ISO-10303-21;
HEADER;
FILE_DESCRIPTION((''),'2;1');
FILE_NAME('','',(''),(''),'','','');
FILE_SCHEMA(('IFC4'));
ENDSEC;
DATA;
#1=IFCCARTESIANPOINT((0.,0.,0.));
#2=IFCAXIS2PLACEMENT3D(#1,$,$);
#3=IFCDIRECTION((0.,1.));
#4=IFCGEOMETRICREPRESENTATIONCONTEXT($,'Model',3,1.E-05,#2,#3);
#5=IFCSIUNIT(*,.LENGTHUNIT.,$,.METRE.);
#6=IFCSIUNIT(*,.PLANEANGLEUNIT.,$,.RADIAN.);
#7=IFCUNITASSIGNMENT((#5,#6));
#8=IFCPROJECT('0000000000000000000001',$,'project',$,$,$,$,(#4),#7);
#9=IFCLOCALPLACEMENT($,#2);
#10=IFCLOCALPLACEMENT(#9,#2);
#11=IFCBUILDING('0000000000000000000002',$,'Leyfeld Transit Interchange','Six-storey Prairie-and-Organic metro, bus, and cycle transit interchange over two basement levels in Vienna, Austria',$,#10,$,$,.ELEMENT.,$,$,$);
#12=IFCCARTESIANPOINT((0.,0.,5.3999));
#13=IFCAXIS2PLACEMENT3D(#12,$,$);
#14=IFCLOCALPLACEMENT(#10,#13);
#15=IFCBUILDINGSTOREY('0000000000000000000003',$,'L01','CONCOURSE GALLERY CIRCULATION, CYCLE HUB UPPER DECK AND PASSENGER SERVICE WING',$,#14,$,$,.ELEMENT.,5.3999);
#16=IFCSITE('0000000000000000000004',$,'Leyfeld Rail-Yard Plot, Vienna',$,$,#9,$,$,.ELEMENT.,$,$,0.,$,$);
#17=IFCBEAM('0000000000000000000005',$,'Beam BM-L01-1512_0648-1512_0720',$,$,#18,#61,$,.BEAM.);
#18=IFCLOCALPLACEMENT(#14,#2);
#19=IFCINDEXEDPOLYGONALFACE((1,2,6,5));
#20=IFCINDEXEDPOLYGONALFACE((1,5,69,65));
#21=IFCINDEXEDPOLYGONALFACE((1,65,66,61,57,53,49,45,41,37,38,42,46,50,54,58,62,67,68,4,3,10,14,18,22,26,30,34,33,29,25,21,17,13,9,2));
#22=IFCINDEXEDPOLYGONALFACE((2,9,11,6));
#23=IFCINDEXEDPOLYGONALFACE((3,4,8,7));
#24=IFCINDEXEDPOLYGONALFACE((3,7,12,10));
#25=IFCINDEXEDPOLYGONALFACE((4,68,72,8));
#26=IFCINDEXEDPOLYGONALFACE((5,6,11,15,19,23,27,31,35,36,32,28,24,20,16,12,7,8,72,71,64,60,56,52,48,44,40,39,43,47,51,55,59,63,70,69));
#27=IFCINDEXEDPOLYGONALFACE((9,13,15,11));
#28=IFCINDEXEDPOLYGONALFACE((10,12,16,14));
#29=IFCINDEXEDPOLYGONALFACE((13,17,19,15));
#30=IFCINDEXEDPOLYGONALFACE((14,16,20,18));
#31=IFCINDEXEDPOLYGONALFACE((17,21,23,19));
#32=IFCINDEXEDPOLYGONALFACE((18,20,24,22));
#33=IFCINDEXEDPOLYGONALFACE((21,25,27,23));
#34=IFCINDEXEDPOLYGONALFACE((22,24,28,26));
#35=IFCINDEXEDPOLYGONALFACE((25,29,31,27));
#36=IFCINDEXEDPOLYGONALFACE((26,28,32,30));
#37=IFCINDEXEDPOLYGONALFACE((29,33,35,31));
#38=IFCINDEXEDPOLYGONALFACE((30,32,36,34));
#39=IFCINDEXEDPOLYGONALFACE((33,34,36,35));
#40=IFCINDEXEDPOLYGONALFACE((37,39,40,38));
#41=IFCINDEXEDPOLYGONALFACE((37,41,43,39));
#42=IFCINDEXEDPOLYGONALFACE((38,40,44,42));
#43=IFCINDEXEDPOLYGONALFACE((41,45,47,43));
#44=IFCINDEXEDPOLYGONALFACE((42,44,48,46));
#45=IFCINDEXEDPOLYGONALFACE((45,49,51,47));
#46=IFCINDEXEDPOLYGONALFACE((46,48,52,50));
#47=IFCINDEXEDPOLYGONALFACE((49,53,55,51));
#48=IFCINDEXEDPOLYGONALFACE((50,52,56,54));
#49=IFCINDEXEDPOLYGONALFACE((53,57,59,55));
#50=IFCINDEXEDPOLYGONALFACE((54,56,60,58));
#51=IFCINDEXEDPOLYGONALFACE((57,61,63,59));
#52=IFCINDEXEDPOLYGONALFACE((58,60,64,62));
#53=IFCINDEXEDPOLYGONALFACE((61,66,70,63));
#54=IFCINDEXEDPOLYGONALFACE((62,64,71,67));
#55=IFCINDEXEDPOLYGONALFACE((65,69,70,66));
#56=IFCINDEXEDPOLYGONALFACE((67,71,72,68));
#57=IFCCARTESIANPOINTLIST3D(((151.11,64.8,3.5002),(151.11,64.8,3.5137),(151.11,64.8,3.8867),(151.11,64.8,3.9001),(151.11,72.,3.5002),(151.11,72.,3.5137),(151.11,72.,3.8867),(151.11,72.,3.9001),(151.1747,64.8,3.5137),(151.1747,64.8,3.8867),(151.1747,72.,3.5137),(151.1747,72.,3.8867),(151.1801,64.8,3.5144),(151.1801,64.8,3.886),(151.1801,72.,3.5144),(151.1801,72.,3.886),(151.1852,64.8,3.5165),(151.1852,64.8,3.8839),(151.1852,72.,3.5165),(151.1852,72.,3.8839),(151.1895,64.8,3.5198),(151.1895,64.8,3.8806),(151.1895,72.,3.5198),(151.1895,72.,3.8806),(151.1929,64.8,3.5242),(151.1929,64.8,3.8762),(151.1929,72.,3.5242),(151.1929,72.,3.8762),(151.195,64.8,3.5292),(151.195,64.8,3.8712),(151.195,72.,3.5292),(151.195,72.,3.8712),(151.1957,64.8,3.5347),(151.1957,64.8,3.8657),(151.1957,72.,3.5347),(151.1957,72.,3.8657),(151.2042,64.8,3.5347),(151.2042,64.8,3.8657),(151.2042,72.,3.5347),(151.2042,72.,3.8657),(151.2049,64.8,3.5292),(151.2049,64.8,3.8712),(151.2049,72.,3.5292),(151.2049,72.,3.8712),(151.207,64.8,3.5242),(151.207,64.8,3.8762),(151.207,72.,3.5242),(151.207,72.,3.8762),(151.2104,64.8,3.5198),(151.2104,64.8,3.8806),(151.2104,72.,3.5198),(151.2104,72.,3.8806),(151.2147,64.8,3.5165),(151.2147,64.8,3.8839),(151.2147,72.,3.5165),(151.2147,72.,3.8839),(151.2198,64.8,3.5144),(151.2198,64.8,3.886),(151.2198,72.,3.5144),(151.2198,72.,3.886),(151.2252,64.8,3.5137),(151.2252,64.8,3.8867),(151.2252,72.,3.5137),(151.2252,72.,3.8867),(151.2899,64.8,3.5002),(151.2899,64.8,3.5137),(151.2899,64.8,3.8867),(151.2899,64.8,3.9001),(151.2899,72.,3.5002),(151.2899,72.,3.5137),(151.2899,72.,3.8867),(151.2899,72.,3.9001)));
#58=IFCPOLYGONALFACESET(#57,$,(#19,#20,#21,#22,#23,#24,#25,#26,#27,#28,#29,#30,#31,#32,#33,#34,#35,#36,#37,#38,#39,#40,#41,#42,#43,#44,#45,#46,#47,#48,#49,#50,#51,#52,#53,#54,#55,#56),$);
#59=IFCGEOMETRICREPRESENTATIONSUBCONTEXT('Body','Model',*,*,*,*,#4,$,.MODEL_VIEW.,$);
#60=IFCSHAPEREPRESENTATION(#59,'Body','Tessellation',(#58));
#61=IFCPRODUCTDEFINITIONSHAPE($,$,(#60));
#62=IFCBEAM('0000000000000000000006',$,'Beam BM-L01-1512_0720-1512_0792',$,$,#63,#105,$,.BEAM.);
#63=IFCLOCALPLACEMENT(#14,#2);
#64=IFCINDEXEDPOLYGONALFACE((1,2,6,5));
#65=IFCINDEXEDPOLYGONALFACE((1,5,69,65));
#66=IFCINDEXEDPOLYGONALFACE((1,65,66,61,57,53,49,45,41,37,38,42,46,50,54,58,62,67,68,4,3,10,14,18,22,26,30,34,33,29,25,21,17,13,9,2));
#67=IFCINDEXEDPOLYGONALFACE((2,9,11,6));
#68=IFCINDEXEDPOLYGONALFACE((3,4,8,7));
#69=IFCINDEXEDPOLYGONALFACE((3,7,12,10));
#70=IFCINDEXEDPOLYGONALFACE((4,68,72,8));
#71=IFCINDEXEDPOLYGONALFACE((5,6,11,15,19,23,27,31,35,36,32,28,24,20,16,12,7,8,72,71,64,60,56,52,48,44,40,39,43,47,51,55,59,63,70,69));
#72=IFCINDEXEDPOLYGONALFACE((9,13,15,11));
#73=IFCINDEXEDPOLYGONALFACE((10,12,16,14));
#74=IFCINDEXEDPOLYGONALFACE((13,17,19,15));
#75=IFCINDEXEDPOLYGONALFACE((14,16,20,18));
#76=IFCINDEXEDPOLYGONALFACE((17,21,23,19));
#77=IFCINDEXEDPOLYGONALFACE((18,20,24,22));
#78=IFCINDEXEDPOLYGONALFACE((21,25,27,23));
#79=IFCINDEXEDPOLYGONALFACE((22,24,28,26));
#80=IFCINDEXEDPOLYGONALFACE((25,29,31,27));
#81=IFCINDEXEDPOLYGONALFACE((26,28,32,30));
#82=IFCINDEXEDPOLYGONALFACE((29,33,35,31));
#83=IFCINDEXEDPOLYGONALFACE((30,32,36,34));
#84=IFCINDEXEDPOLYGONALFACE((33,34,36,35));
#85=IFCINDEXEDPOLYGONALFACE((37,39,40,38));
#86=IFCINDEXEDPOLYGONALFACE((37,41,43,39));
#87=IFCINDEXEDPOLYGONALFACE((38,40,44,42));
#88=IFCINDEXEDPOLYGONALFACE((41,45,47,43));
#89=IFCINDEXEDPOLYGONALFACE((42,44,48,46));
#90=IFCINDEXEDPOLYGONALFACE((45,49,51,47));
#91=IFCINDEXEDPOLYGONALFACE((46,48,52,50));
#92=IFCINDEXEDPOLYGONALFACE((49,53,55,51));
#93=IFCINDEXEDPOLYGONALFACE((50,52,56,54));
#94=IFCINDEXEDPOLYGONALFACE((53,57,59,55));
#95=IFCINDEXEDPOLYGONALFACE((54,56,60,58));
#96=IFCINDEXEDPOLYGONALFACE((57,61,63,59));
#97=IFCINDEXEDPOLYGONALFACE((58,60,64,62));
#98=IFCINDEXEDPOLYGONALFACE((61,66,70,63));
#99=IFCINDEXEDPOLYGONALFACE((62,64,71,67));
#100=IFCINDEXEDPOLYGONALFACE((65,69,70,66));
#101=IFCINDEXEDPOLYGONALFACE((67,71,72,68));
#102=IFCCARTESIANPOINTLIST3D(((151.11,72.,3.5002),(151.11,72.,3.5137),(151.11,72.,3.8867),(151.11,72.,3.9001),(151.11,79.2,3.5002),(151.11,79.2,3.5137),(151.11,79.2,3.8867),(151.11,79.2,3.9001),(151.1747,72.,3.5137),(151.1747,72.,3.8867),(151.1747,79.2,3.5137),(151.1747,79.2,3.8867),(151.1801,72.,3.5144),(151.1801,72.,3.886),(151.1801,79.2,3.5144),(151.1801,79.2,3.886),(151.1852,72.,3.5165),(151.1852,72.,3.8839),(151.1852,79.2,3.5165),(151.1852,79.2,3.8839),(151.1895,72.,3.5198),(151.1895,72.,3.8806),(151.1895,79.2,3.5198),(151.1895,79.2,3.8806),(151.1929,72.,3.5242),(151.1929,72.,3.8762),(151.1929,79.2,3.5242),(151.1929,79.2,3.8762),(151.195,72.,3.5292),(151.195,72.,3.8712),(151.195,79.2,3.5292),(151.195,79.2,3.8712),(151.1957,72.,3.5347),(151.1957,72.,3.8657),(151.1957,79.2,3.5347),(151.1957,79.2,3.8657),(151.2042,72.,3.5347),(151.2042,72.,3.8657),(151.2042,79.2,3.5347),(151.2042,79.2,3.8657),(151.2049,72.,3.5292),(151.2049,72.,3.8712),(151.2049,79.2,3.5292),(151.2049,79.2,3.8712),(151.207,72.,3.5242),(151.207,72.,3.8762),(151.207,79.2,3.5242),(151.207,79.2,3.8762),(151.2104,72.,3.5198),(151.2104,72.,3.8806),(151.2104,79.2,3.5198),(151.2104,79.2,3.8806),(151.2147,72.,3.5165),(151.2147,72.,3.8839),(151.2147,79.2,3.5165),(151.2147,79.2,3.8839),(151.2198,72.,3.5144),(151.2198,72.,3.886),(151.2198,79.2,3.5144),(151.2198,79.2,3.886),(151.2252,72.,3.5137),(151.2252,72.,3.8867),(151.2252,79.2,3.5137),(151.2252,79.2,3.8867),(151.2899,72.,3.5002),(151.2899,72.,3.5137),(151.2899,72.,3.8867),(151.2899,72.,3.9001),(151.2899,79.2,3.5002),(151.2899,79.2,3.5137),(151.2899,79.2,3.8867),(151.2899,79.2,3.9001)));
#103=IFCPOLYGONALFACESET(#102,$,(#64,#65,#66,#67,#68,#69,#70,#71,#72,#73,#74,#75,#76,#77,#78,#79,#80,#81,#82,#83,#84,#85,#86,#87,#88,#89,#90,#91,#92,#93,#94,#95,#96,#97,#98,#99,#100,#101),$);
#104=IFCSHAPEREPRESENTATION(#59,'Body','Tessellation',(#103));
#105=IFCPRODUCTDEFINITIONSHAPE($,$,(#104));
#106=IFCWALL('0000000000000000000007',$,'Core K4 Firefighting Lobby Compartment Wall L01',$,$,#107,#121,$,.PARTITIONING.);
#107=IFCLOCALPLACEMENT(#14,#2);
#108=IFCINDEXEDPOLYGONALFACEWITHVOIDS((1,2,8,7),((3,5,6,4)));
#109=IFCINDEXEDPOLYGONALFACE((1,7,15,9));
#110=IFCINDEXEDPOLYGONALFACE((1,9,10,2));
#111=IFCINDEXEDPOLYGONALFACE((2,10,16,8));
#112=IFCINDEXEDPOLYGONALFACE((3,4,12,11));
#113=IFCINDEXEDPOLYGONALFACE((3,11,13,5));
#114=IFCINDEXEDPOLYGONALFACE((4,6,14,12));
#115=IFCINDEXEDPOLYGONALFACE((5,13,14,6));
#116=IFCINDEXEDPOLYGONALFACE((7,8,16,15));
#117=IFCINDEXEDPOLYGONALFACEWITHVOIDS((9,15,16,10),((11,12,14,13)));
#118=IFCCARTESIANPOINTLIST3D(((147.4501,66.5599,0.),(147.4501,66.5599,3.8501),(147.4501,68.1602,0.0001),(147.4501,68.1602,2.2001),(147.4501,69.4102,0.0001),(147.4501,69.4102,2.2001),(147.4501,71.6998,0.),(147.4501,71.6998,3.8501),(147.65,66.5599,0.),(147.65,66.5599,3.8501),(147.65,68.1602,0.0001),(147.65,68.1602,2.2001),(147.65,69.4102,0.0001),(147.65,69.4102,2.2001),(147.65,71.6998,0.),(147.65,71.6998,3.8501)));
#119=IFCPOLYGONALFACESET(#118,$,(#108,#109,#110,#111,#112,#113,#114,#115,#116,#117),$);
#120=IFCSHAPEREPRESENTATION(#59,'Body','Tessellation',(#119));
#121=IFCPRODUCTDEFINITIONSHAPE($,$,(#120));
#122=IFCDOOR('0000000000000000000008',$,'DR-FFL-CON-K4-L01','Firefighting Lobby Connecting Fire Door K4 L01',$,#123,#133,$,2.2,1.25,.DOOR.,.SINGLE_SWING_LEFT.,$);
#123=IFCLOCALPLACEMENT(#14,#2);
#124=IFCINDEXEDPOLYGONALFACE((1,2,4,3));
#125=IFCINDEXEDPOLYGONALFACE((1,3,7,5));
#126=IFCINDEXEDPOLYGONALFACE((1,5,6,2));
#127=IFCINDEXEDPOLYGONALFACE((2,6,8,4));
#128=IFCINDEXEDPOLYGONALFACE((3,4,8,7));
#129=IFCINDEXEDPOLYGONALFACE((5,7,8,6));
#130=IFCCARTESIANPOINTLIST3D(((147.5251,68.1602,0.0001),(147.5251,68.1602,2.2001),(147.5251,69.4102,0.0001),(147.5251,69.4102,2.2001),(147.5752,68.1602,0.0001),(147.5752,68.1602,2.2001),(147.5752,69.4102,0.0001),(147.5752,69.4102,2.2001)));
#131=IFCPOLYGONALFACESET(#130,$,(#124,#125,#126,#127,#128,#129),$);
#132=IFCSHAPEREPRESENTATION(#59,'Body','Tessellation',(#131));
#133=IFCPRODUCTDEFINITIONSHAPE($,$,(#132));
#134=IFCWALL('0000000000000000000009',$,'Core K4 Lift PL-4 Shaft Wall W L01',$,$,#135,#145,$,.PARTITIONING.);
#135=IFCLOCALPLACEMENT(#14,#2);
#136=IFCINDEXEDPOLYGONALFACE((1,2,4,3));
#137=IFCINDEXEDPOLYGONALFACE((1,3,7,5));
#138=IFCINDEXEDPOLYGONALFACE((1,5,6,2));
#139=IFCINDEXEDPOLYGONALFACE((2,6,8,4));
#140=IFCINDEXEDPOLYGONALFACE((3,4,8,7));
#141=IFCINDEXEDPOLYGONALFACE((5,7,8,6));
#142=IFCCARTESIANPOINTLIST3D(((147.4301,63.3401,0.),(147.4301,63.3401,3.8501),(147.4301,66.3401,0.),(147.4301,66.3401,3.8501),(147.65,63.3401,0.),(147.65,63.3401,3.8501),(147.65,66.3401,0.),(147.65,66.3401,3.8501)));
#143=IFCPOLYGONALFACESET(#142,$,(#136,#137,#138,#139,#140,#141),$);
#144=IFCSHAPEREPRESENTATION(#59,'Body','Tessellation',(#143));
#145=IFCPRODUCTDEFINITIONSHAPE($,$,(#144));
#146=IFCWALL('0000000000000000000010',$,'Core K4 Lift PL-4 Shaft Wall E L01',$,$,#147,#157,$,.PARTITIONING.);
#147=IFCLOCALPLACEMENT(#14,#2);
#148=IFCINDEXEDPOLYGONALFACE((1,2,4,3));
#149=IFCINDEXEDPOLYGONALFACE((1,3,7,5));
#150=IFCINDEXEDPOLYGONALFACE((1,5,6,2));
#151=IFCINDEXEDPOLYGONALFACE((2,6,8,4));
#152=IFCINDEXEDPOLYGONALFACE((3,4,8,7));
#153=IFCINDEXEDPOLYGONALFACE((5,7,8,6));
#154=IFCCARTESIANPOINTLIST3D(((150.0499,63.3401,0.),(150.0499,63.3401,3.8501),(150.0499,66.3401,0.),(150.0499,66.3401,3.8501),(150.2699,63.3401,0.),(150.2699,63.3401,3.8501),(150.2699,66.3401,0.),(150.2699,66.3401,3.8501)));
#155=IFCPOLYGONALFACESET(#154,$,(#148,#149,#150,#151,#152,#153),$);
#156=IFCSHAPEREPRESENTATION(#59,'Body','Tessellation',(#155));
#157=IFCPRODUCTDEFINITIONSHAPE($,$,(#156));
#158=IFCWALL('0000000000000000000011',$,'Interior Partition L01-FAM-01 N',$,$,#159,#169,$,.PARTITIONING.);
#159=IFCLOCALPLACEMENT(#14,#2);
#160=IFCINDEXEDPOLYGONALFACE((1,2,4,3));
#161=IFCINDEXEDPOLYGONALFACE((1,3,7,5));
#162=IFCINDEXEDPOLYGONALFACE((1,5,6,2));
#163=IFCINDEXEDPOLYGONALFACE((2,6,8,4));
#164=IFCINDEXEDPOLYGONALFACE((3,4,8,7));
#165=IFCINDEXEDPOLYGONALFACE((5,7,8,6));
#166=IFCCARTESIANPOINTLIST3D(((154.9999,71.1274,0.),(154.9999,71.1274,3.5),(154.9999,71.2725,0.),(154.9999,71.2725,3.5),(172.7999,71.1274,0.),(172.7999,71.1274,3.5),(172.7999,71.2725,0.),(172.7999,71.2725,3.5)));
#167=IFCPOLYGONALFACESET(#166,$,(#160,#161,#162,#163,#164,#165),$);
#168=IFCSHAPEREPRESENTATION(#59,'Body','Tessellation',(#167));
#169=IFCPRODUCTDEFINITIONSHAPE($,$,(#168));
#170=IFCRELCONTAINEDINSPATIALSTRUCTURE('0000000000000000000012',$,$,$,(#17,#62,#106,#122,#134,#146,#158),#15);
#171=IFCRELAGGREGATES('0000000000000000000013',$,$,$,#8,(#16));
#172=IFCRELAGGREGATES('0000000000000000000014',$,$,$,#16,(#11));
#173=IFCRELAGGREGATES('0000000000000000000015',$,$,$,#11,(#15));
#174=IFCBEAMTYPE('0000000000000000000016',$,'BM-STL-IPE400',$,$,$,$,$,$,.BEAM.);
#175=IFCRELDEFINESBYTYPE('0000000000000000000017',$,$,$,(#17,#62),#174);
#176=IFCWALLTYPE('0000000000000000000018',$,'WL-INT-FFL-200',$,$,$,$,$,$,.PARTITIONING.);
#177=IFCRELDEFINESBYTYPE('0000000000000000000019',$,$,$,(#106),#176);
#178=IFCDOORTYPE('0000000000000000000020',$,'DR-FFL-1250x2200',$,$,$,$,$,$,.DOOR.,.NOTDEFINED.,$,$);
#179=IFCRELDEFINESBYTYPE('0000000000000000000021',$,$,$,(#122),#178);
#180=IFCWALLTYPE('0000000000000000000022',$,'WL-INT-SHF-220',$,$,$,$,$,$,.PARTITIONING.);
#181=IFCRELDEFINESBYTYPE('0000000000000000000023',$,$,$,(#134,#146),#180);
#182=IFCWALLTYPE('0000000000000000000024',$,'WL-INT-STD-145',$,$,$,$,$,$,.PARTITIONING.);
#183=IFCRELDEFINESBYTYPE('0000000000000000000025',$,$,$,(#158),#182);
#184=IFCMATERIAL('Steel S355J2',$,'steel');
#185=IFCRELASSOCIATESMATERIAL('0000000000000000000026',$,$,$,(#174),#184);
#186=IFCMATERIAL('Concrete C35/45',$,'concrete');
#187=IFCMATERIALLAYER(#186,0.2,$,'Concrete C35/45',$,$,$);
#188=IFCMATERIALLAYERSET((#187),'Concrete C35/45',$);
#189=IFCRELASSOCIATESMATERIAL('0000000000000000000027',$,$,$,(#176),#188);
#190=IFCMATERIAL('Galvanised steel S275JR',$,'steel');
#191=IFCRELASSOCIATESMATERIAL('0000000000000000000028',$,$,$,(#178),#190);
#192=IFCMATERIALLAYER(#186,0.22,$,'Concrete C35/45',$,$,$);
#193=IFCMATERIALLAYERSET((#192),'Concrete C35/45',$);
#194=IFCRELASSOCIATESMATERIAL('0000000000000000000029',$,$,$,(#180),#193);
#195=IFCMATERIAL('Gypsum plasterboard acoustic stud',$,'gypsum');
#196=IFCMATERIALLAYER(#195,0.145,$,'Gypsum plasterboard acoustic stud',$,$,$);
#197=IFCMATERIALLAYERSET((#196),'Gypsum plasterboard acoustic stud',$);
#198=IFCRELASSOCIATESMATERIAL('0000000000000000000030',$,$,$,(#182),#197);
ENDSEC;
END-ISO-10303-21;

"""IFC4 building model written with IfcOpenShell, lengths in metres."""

from ifc_helpers import new_model, si_unit, direction, frame, frame_2d, origin, origin_2d, place, context, subcontext, project, spatial, rectangle, i_section, extrude, material, layer, layer_set, material_profile, profile_set, type_object, element, fill, save


model = new_model("IFC4")

# Units and contexts
model_context = context("Model", 3, precision=1e-05, world=origin(), true_north=direction((0.0, 1.0)))
body_context = subcontext(model_context, "Body", "Model", "MODEL_VIEW")
ifc_project = project(units=[si_unit("LENGTHUNIT", "METRE"), si_unit("PLANEANGLEUNIT", "RADIAN")], contexts=[model_context])

# Site, building, storey
site_placement = place(None, origin())
site = spatial("IfcSite", under=ifc_project, at=site_placement, Name="Leyfeld Rail-Yard Plot, Vienna", CompositionType="ELEMENT", RefElevation=0.0)
building_placement = place(site_placement, origin())
building = spatial("IfcBuilding", under=site, at=building_placement, Name="Leyfeld Transit Interchange", Description="Six-storey Prairie-and-Organic metro, bus, and cycle transit interchange over two basement levels in Vienna, Austria", CompositionType="ELEMENT")
storey_placement = place(building_placement, frame((0.0, 0.0, 5.3999)))
storey = spatial("IfcBuildingStorey", under=building, at=storey_placement, Name="L01", Description="CONCOURSE GALLERY CIRCULATION, CYCLE HUB UPPER DECK AND PASSENGER SERVICE WING", CompositionType="ELEMENT", Elevation=5.3999)

# Shared definitions
ifc_material_1 = material(Name="Concrete C35/45", Category="concrete")

# Beams
ifc_material_2 = material(Name="Steel S355J2", Category="steel")
ifc_material_profile_1 = material_profile(ifc_material_2, i_section(OverallWidth=0.1799, OverallDepth=0.3999, WebThickness=0.0085, FlangeThickness=0.0134, FilletRadius=0.021, at=origin_2d()), Name="IPE 400")
ifc_profile_set_1 = profile_set([ifc_material_profile_1], Name="Steel S355J2")
beam_type_1 = type_object("IfcBeamType", Name="BM-STL-IPE400", PredefinedType="BEAM", material=ifc_profile_set_1)
for number, where, z_axis, x_axis, name in (
    (1, (151.2, 64.8, 3.7002), (0.0, 1.0, 0.0), (-1.0, 0.0, 0.0), "Beam BM-L01-1512_0648-1512_0720"),
    (2, (151.2, 72.0, 3.7002), (0.0, 1.0, 0.0), (-1.0, 0.0, 0.0), "Beam BM-L01-1512_0720-1512_0792"),
):
    element("IfcBeam", number, at=place(storey_placement, frame(where, z_axis=z_axis, x_axis=x_axis)), inside=storey, type_object=beam_type_1, Name=name, PredefinedType="BEAM", context=body_context, shape_type="SweptSolid", body=[
        extrude(i_section(OverallWidth=0.1799, OverallDepth=0.3999, WebThickness=0.0085, FlangeThickness=0.0134, FilletRadius=0.021, at=origin_2d()), origin(), (0.0, 0.0, 1.0), 7.2),
    ])

# Wall, opening, door
ifc_layer_1 = layer(ifc_material_1, 0.2, Name="Concrete C35/45")
ifc_layer_set_1 = layer_set([ifc_layer_1], Name="Concrete C35/45")
wall_type_1 = type_object("IfcWallType", Name="WL-INT-FFL-200", PredefinedType="PARTITIONING", material=ifc_layer_set_1)
wall_1_placement = place(storey_placement, frame((147.55, 66.5601, 0.0), z_axis=(0.0, 0.0, 1.0), x_axis=(0.0, 1.0, 0.0)))
wall_1 = element("IfcWall", 3, at=wall_1_placement, inside=storey, type_object=wall_type_1, Name="Core K4 Firefighting Lobby Compartment Wall L01", PredefinedType="PARTITIONING", context=body_context, shape_type="SweptSolid", body=[
    extrude(rectangle(XDim=5.1399, YDim=0.2, at=frame_2d((2.5698, 0.0))), origin(), (0.0, 0.0, 1.0), 3.8501),
])
opening_1_placement = place(wall_1_placement, frame((1.6001, 0.0, 0.0)))
opening_1 = element("IfcOpeningElement", 4, at=opening_1_placement, cuts=wall_1, PredefinedType="OPENING", context=body_context, shape_type="SweptSolid", body=[
    extrude(rectangle(XDim=1.25, YDim=2.2, at=frame_2d((0.625, 1.1001))), frame((0.0, 0.1099, 0.0), z_axis=(0.0, -1.0, 0.0), x_axis=(1.0, 0.0, 0.0)), (0.0, 0.0, 1.0), 0.22),
])
ifc_material_3 = material(Name="Galvanised steel S275JR", Category="steel")
door_type_1 = type_object("IfcDoorType", Name="DR-FFL-1250x2200", OperationType="NOTDEFINED", PredefinedType="DOOR", material=ifc_material_3)
door_1_placement = place(opening_1_placement, origin())
door_1 = element("IfcDoor", 5, at=door_1_placement, inside=storey, type_object=door_type_1, Name="DR-FFL-CON-K4-L01", Description="Firefighting Lobby Connecting Fire Door K4 L01", OperationType="SINGLE_SWING_LEFT", OverallHeight=2.2, OverallWidth=1.25, PredefinedType="DOOR", context=body_context, shape_type="SweptSolid", body=[
    extrude(rectangle(XDim=1.25, YDim=2.2, at=frame_2d((0.625, 1.1001))), frame((0.0, 0.0249, 0.0), z_axis=(0.0, -1.0, 0.0), x_axis=(1.0, 0.0, 0.0)), (0.0, 0.0, 1.0), 0.05),
])
fill(opening_1, door_1)

# Shared definitions
ifc_layer_2 = layer(ifc_material_1, 0.22, Name="Concrete C35/45")
ifc_layer_set_2 = layer_set([ifc_layer_2], Name="Concrete C35/45")
wall_type_2 = type_object("IfcWallType", Name="WL-INT-SHF-220", PredefinedType="PARTITIONING", material=ifc_layer_set_2)

# Walls
for number, where, z_axis, x_axis, name in (
    (6, (147.54, 63.3401, 0.0), (0.0, 0.0, 1.0), (0.0, 1.0, 0.0), "Core K4 Lift PL-4 Shaft Wall W L01"),
    (7, (150.1599, 63.3401, 0.0), (0.0, 0.0, 1.0), (0.0, 1.0, 0.0), "Core K4 Lift PL-4 Shaft Wall E L01"),
):
    element("IfcWall", number, at=place(storey_placement, frame(where, z_axis=z_axis, x_axis=x_axis)), inside=storey, type_object=wall_type_2, Name=name, PredefinedType="PARTITIONING", context=body_context, shape_type="SweptSolid", body=[
        extrude(rectangle(XDim=3.0, YDim=0.22, at=frame_2d((1.5, 0.0))), origin(), (0.0, 0.0, 1.0), 3.8501),
    ])
ifc_material_4 = material(Name="Gypsum plasterboard acoustic stud", Category="gypsum")
ifc_layer_3 = layer(ifc_material_4, 0.145, Name="Gypsum plasterboard acoustic stud")
ifc_layer_set_3 = layer_set([ifc_layer_3], Name="Gypsum plasterboard acoustic stud")
wall_type_3 = type_object("IfcWallType", Name="WL-INT-STD-145", PredefinedType="PARTITIONING", material=ifc_layer_set_3)
wall_2_placement = place(storey_placement, frame((155.0, 71.2, 0.0), z_axis=(0.0, 0.0, 1.0), x_axis=(1.0, 0.0, 0.0)))
element("IfcWall", 8, at=wall_2_placement, inside=storey, type_object=wall_type_3, Name="Interior Partition L01-FAM-01 N", PredefinedType="PARTITIONING", context=body_context, shape_type="SweptSolid", body=[
    extrude(rectangle(XDim=17.8, YDim=0.145, at=frame_2d((8.8999, 0.0))), origin(), (0.0, 0.0, 1.0), 3.5),
])

save(model, "model.ifc")
